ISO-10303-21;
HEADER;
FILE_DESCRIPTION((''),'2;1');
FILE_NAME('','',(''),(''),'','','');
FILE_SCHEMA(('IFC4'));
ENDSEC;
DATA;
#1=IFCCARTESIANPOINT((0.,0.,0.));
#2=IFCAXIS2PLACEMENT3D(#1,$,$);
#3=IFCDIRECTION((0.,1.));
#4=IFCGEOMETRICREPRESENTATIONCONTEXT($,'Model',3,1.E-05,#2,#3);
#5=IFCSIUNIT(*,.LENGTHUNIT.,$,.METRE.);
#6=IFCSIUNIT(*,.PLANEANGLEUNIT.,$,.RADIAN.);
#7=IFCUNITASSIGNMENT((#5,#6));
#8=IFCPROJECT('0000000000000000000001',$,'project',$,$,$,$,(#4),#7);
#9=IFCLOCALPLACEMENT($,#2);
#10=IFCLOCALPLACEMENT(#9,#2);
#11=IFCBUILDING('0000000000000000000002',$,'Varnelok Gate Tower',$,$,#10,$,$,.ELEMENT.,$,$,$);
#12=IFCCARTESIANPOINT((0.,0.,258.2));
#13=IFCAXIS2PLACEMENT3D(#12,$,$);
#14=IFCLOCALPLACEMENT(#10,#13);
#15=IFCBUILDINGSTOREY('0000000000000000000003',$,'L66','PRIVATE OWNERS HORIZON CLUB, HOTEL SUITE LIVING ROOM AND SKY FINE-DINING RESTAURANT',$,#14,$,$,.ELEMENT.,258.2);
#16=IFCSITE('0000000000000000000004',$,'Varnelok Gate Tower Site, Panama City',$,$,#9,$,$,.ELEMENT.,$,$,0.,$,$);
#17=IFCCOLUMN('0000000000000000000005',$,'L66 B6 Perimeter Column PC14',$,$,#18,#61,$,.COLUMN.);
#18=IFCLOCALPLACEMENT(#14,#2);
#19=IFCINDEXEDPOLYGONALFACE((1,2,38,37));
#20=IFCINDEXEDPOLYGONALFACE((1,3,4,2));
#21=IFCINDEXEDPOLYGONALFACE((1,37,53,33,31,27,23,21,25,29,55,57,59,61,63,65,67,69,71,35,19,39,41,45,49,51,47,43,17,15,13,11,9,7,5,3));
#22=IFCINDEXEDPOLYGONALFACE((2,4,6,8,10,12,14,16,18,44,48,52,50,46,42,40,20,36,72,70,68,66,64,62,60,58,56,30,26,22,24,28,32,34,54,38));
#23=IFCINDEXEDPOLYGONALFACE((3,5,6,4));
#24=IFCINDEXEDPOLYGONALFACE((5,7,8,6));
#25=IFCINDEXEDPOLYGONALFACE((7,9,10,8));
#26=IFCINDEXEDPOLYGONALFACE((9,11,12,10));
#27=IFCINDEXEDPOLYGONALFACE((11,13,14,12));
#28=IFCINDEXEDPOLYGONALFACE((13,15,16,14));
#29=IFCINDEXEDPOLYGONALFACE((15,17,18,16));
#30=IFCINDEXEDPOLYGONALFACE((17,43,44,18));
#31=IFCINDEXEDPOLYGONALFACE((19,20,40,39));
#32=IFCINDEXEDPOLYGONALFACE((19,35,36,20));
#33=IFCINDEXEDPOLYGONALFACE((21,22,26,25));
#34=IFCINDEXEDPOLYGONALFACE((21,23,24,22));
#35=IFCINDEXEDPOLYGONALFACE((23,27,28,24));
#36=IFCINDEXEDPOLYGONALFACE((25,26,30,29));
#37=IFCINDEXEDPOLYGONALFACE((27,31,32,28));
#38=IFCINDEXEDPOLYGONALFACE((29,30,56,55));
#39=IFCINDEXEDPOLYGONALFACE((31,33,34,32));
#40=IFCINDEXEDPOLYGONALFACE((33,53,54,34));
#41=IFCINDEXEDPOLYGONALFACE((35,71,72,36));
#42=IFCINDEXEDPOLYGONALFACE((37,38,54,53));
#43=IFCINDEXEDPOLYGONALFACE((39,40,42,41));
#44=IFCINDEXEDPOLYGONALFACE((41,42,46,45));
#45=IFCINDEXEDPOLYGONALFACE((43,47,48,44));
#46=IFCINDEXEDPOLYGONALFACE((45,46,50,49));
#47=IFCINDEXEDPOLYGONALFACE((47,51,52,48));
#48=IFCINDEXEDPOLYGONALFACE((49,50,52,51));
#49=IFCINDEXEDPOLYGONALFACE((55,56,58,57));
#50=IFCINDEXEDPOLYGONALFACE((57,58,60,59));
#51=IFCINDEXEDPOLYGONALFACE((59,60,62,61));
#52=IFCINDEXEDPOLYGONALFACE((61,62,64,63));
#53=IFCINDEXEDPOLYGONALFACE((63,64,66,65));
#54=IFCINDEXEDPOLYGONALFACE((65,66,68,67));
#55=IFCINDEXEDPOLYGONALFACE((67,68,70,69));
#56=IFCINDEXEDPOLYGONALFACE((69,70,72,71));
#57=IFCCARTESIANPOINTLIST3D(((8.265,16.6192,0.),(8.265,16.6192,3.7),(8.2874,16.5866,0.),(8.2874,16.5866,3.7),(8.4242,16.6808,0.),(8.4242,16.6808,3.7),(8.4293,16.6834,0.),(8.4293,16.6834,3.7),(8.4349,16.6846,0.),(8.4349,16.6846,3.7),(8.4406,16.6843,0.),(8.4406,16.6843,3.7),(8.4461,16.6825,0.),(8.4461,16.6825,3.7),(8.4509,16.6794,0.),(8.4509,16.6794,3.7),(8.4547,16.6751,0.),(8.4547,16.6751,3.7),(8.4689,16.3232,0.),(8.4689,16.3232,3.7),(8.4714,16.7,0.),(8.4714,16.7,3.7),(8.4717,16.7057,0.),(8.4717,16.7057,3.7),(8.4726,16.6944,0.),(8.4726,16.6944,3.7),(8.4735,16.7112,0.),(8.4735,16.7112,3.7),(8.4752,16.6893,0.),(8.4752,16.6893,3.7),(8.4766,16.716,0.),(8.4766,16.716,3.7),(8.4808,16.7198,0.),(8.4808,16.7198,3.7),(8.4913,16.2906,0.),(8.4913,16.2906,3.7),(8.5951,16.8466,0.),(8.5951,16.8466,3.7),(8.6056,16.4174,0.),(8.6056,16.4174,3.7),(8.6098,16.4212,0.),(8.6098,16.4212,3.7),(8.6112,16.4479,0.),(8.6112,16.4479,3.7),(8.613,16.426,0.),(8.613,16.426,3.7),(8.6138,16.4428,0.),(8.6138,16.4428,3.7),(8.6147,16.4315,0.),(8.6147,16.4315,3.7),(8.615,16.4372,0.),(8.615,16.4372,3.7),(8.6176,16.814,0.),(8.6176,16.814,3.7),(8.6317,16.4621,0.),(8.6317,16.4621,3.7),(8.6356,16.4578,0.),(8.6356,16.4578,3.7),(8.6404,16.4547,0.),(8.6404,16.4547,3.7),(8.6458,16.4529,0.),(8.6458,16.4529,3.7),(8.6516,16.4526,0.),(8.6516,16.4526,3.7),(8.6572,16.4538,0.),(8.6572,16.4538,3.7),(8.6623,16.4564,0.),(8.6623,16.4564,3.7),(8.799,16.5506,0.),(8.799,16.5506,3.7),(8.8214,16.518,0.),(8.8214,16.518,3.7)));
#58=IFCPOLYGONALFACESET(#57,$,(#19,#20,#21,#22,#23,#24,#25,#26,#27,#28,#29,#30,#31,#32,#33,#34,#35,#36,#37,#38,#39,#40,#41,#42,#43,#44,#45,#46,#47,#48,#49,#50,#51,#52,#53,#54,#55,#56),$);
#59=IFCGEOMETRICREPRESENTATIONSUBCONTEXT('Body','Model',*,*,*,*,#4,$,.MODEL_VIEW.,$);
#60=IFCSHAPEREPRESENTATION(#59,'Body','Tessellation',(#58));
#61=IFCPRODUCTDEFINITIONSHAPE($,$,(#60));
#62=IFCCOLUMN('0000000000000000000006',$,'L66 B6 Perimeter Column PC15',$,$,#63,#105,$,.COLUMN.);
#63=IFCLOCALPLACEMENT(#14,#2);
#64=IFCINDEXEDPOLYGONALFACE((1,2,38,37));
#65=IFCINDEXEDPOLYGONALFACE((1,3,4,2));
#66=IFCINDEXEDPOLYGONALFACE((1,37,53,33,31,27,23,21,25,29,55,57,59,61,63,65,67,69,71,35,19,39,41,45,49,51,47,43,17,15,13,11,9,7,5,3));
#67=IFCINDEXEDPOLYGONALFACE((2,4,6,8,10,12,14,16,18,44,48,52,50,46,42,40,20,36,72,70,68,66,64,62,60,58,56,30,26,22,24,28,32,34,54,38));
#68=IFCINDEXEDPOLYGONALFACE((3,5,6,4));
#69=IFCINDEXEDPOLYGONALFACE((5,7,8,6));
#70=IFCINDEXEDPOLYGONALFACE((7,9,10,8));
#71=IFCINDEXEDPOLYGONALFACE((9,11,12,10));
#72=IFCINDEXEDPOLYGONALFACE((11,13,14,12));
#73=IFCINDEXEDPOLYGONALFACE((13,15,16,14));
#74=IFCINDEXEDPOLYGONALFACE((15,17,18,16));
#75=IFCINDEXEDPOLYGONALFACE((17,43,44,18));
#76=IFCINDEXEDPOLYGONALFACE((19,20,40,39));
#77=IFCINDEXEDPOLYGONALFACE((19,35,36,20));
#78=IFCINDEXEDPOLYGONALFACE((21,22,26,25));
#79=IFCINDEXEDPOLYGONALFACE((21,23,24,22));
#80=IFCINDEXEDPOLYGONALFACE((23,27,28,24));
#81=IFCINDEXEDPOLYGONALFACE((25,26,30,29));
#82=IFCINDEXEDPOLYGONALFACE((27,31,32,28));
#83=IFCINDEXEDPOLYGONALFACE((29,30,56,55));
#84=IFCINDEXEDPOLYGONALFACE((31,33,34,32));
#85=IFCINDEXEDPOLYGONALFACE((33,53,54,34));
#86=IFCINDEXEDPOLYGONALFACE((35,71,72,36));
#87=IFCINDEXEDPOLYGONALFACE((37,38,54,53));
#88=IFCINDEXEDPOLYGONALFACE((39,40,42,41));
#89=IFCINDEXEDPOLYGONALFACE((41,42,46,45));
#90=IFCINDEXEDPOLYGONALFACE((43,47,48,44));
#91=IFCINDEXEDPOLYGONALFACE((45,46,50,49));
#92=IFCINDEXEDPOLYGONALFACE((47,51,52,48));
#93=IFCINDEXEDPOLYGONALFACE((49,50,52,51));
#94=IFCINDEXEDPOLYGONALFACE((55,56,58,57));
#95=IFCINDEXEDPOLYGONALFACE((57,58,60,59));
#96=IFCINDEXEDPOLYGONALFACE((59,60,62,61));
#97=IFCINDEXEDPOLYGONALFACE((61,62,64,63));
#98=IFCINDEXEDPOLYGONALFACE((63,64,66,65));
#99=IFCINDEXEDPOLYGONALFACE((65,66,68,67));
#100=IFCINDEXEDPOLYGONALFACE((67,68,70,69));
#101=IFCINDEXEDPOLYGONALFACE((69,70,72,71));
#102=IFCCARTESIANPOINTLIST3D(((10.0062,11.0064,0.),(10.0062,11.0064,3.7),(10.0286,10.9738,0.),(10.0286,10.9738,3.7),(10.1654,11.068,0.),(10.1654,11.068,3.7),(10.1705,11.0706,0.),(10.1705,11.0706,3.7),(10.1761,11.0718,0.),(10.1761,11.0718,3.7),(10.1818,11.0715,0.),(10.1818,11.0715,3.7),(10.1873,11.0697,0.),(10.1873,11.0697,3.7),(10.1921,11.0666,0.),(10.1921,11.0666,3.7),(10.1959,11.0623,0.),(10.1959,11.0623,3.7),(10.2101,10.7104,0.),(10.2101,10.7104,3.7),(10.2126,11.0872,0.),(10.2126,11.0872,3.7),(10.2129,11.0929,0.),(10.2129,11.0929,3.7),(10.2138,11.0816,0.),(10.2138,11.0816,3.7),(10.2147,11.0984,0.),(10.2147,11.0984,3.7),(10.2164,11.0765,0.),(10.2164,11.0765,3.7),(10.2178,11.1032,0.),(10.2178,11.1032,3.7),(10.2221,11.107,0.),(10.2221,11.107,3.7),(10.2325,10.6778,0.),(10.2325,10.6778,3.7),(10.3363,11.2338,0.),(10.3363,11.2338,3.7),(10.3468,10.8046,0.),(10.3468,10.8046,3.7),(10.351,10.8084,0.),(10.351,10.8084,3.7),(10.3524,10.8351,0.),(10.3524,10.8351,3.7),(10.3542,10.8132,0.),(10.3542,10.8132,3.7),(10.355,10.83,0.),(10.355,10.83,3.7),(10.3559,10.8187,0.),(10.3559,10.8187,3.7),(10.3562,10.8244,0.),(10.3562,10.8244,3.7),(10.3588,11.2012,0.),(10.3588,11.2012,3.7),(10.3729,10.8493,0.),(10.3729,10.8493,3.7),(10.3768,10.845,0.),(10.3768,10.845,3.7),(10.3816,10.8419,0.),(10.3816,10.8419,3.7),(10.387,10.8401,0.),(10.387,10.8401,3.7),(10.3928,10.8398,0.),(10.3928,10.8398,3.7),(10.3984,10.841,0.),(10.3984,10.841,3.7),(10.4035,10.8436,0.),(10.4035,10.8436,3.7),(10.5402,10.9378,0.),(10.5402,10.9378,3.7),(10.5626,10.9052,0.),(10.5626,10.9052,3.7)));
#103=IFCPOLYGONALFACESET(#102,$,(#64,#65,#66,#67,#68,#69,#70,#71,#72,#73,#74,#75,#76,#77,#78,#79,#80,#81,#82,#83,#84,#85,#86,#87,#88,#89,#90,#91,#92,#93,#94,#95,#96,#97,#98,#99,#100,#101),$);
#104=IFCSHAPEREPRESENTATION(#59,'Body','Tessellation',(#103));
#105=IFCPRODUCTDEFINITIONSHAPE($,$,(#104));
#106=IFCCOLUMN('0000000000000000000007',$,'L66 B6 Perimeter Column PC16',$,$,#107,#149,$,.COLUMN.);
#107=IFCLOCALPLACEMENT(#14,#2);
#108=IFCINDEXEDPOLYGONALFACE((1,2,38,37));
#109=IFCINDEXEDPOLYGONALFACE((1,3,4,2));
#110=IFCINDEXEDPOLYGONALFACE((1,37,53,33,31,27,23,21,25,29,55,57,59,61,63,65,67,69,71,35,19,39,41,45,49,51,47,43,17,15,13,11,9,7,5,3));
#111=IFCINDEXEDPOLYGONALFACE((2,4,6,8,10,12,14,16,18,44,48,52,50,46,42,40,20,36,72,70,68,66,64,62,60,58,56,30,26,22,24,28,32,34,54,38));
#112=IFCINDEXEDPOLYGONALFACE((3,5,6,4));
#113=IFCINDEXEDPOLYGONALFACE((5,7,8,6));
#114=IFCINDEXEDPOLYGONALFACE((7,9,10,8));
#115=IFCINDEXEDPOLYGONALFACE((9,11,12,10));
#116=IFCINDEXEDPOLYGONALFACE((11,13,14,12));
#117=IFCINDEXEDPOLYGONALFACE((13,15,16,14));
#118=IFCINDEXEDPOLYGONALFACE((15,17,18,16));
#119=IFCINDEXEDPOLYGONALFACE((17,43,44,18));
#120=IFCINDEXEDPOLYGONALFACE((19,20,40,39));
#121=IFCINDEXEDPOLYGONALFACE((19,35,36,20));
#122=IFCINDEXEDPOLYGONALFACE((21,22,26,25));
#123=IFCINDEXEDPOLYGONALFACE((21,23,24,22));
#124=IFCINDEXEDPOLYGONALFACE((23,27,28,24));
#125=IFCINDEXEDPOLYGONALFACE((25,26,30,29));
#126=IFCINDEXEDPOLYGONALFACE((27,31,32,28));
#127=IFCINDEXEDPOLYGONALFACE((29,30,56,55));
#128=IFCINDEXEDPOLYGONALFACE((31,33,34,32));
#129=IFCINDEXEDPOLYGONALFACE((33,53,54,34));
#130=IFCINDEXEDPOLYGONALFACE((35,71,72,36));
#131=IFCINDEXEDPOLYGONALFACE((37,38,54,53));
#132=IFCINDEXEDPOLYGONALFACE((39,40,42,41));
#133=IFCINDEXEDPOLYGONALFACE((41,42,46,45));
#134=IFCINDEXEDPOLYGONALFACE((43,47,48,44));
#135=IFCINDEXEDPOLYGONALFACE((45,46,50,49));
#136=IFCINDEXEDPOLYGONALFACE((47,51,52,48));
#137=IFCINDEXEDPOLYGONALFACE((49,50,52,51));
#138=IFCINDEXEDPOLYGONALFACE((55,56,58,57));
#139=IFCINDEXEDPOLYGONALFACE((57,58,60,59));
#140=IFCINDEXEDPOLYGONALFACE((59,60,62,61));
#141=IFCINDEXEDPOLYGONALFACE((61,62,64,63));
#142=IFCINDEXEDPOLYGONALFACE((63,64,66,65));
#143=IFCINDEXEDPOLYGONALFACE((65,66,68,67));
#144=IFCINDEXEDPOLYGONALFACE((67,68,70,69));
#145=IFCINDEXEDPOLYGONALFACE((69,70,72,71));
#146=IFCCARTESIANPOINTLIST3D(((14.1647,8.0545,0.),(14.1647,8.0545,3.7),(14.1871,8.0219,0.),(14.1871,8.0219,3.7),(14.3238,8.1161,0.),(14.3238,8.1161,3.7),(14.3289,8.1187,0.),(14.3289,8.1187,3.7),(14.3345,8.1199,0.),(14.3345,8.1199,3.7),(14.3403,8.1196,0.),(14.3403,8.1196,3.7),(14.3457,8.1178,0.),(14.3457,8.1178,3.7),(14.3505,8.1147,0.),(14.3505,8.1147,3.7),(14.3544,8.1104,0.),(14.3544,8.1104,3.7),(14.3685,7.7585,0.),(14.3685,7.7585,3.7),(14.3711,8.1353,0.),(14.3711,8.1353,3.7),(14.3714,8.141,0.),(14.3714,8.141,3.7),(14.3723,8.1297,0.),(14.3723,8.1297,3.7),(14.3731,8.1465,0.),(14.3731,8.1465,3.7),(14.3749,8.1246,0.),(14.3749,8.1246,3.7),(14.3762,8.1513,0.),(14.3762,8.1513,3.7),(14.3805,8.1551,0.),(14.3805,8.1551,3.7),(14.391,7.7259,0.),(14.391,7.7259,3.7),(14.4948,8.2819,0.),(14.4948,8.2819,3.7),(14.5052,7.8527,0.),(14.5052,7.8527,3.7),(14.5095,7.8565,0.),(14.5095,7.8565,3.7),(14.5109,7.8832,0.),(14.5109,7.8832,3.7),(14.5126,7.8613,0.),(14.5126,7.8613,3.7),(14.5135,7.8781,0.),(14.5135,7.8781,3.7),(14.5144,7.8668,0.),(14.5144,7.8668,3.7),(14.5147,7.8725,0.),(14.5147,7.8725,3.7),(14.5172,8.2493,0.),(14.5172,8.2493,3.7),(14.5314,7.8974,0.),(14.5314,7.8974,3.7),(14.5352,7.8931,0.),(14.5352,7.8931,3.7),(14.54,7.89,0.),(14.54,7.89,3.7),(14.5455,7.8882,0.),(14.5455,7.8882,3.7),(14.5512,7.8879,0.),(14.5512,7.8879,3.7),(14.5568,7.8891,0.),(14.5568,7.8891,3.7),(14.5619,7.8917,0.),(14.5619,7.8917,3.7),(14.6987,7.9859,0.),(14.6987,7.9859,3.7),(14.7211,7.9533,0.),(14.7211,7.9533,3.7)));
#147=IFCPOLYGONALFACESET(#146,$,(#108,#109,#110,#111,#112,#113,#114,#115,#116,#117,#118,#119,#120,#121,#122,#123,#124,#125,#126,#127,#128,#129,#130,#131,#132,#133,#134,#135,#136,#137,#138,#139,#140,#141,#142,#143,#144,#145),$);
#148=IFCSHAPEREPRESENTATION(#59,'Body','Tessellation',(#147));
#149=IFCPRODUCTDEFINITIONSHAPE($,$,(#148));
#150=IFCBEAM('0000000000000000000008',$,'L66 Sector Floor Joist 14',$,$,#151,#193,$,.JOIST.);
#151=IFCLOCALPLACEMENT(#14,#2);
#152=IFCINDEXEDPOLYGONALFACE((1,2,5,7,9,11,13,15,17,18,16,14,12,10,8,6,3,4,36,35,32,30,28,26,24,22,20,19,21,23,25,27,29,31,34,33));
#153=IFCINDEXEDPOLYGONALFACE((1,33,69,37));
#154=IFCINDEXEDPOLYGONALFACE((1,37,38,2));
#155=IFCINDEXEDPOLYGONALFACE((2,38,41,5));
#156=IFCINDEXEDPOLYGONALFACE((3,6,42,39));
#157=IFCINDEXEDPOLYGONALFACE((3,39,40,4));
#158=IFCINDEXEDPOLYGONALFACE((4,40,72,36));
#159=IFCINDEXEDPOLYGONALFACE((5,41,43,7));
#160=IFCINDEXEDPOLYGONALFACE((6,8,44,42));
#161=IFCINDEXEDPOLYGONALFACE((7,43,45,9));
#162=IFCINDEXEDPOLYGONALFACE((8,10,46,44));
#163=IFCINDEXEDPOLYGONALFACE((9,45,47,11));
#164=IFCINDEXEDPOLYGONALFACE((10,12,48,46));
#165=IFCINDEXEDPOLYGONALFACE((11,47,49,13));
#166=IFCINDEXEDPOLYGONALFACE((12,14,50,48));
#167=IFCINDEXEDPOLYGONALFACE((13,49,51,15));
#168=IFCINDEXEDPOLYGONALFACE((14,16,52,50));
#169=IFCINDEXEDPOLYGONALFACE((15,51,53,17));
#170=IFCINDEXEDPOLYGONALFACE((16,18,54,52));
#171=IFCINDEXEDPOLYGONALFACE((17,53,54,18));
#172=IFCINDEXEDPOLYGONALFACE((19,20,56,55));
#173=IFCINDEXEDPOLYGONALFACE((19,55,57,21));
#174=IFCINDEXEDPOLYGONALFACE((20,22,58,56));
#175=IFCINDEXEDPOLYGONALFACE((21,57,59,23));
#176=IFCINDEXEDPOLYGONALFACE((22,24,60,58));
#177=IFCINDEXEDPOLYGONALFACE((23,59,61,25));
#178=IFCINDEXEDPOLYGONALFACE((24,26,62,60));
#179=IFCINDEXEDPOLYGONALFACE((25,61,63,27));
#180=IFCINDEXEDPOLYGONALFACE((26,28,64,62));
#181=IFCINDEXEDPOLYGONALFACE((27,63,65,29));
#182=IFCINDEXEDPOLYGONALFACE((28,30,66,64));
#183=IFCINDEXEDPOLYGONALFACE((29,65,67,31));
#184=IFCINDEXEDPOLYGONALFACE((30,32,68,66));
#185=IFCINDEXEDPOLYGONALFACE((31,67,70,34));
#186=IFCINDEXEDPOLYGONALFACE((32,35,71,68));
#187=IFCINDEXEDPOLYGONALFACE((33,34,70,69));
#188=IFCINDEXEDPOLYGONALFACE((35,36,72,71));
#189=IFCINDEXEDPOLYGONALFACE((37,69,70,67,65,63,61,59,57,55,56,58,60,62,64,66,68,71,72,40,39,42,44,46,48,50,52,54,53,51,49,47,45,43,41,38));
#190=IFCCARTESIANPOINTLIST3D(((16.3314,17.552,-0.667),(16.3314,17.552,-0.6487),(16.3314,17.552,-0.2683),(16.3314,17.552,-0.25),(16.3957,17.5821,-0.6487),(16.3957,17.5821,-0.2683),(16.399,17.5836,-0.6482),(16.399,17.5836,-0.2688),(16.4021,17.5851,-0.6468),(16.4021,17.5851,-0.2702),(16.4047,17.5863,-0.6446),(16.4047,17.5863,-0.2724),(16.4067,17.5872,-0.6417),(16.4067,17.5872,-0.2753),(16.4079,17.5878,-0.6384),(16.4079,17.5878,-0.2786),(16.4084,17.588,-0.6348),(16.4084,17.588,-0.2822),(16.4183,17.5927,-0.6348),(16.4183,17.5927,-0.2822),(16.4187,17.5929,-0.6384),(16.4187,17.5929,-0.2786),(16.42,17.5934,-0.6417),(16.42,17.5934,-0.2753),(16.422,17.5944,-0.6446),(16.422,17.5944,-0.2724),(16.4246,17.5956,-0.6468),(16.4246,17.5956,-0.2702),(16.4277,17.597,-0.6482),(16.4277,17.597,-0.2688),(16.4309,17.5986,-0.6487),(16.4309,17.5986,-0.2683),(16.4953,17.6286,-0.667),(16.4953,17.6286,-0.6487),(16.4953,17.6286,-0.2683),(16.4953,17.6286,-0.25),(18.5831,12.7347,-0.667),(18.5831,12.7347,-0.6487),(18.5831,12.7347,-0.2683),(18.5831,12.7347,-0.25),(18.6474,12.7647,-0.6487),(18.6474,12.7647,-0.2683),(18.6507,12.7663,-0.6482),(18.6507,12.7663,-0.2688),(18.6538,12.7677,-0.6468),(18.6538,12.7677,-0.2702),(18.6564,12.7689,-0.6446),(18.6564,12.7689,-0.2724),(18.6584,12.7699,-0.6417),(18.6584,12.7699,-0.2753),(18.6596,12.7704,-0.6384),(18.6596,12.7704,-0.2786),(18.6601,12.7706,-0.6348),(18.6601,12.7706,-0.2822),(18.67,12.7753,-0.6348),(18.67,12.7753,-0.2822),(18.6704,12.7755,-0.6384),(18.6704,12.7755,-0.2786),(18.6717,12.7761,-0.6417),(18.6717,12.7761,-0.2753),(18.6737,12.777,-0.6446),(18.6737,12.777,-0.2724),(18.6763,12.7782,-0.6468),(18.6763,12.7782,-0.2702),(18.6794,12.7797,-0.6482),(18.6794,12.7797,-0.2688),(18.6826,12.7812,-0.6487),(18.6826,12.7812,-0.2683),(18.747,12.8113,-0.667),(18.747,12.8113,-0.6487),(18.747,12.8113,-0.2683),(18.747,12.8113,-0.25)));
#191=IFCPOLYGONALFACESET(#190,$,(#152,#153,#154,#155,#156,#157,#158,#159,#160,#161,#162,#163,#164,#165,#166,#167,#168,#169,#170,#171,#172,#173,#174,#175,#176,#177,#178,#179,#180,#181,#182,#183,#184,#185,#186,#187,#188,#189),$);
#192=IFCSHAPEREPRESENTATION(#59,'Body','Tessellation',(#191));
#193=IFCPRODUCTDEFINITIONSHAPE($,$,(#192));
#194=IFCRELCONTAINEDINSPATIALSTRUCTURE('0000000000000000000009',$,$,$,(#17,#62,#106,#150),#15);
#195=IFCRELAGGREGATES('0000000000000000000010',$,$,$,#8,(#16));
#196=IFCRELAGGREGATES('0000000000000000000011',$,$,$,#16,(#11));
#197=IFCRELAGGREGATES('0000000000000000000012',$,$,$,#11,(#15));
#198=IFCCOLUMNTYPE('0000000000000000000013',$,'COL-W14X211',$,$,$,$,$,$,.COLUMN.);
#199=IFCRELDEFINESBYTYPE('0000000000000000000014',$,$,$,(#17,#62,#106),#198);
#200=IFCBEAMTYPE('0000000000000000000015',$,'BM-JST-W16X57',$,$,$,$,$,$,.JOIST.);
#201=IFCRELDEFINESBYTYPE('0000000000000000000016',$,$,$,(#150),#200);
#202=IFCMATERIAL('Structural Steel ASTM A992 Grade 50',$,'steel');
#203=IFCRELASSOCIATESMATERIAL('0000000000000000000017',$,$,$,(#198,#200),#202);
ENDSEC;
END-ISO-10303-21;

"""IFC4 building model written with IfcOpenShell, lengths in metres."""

from ifc_helpers import new_model, si_unit, direction, frame, origin, origin_2d, place, context, subcontext, project, spatial, i_section, extrude, material, material_profile, profile_set, type_object, element, save


model = new_model("IFC4")

# Units and contexts
model_context = context("Model", 3, precision=1e-05, world=origin(), true_north=direction((0.0, 1.0)))
body_context = subcontext(model_context, "Body", "Model", "MODEL_VIEW")
ifc_project = project(units=[si_unit("LENGTHUNIT", "METRE"), si_unit("PLANEANGLEUNIT", "RADIAN")], contexts=[model_context])

# Site, building, storey
site_placement = place(None, origin())
site = spatial("IfcSite", under=ifc_project, at=site_placement, Name="Varnelok Gate Tower Site, Panama City", CompositionType="ELEMENT", RefElevation=0.0)
building_placement = place(site_placement, origin())
building = spatial("IfcBuilding", under=site, at=building_placement, Name="Varnelok Gate Tower", CompositionType="ELEMENT")
storey_placement = place(building_placement, frame((0.0, 0.0, 258.2)))
storey = spatial("IfcBuildingStorey", under=building, at=storey_placement, Name="L66", Description="PRIVATE OWNERS HORIZON CLUB, HOTEL SUITE LIVING ROOM AND SKY FINE-DINING RESTAURANT", CompositionType="ELEMENT", Elevation=258.2)

# Columns
ifc_material_1 = material(Name="Structural Steel ASTM A992 Grade 50", Category="steel")
ifc_material_profile_1 = material_profile(ifc_material_1, i_section(OverallWidth=0.4009, OverallDepth=0.3989, WebThickness=0.0249, FlangeThickness=0.0396, FilletRadius=0.022, at=origin_2d()), Name="W14X211")
ifc_profile_set_1 = profile_set([ifc_material_profile_1], Name="Structural Steel ASTM A992 Grade 50")
column_type = type_object("IfcColumnType", Name="COL-W14X211", PredefinedType="COLUMN", material=ifc_profile_set_1)
for number, where, z_axis, x_axis, name in (
    (1, (8.5432, 16.5686, 0.0), (0.0, 0.0, 1.0), (0.823533, 0.567269, 0.0), "L66 B6 Perimeter Column PC14"),
    (2, (10.2844, 10.9558, 0.0), (0.0, 0.0, 1.0), (0.823533, 0.567269, 0.0), "L66 B6 Perimeter Column PC15"),
    (3, (14.4429, 8.0039, 0.0), (0.0, 0.0, 1.0), (0.823533, 0.567269, 0.0), "L66 B6 Perimeter Column PC16"),
):
    element("IfcColumn", number, at=place(storey_placement, frame(where, z_axis=z_axis, x_axis=x_axis)), inside=storey, type_object=column_type, Name=name, PredefinedType="COLUMN", context=body_context, shape_type="SweptSolid", body=[
        extrude(i_section(OverallWidth=0.4009, OverallDepth=0.3989, WebThickness=0.0249, FlangeThickness=0.0396, FilletRadius=0.022, at=origin_2d()), origin(), (0.0, 0.0, 1.0), 3.7),
    ])

# Beam
ifc_material_profile_2 = material_profile(ifc_material_1, i_section(OverallWidth=0.1809, OverallDepth=0.417, WebThickness=0.011, FlangeThickness=0.0183, FilletRadius=0.0139, at=origin_2d()), Name="W16X57")
ifc_profile_set_2 = profile_set([ifc_material_profile_2], Name="Structural Steel ASTM A992 Grade 50")
beam_type_1 = type_object("IfcBeamType", Name="BM-JST-W16X57", PredefinedType="JOIST", material=ifc_profile_set_2)
beam_1_placement = place(storey_placement, frame((16.4133, 17.5903, -0.4585), z_axis=(0.423441, -0.905924, 0.0), x_axis=(0.905924, 0.423441, 0.0)))
element("IfcBeam", 4, at=beam_1_placement, inside=storey, type_object=beam_type_1, Name="L66 Sector Floor Joist 14", PredefinedType="JOIST", context=body_context, shape_type="SweptSolid", body=[
    extrude(i_section(OverallWidth=0.1809, OverallDepth=0.417, WebThickness=0.011, FlangeThickness=0.0183, FilletRadius=0.0139, at=origin_2d()), origin(), (0.0, 0.0, 1.0), 5.3176),
])

save(model, "model.ifc")
